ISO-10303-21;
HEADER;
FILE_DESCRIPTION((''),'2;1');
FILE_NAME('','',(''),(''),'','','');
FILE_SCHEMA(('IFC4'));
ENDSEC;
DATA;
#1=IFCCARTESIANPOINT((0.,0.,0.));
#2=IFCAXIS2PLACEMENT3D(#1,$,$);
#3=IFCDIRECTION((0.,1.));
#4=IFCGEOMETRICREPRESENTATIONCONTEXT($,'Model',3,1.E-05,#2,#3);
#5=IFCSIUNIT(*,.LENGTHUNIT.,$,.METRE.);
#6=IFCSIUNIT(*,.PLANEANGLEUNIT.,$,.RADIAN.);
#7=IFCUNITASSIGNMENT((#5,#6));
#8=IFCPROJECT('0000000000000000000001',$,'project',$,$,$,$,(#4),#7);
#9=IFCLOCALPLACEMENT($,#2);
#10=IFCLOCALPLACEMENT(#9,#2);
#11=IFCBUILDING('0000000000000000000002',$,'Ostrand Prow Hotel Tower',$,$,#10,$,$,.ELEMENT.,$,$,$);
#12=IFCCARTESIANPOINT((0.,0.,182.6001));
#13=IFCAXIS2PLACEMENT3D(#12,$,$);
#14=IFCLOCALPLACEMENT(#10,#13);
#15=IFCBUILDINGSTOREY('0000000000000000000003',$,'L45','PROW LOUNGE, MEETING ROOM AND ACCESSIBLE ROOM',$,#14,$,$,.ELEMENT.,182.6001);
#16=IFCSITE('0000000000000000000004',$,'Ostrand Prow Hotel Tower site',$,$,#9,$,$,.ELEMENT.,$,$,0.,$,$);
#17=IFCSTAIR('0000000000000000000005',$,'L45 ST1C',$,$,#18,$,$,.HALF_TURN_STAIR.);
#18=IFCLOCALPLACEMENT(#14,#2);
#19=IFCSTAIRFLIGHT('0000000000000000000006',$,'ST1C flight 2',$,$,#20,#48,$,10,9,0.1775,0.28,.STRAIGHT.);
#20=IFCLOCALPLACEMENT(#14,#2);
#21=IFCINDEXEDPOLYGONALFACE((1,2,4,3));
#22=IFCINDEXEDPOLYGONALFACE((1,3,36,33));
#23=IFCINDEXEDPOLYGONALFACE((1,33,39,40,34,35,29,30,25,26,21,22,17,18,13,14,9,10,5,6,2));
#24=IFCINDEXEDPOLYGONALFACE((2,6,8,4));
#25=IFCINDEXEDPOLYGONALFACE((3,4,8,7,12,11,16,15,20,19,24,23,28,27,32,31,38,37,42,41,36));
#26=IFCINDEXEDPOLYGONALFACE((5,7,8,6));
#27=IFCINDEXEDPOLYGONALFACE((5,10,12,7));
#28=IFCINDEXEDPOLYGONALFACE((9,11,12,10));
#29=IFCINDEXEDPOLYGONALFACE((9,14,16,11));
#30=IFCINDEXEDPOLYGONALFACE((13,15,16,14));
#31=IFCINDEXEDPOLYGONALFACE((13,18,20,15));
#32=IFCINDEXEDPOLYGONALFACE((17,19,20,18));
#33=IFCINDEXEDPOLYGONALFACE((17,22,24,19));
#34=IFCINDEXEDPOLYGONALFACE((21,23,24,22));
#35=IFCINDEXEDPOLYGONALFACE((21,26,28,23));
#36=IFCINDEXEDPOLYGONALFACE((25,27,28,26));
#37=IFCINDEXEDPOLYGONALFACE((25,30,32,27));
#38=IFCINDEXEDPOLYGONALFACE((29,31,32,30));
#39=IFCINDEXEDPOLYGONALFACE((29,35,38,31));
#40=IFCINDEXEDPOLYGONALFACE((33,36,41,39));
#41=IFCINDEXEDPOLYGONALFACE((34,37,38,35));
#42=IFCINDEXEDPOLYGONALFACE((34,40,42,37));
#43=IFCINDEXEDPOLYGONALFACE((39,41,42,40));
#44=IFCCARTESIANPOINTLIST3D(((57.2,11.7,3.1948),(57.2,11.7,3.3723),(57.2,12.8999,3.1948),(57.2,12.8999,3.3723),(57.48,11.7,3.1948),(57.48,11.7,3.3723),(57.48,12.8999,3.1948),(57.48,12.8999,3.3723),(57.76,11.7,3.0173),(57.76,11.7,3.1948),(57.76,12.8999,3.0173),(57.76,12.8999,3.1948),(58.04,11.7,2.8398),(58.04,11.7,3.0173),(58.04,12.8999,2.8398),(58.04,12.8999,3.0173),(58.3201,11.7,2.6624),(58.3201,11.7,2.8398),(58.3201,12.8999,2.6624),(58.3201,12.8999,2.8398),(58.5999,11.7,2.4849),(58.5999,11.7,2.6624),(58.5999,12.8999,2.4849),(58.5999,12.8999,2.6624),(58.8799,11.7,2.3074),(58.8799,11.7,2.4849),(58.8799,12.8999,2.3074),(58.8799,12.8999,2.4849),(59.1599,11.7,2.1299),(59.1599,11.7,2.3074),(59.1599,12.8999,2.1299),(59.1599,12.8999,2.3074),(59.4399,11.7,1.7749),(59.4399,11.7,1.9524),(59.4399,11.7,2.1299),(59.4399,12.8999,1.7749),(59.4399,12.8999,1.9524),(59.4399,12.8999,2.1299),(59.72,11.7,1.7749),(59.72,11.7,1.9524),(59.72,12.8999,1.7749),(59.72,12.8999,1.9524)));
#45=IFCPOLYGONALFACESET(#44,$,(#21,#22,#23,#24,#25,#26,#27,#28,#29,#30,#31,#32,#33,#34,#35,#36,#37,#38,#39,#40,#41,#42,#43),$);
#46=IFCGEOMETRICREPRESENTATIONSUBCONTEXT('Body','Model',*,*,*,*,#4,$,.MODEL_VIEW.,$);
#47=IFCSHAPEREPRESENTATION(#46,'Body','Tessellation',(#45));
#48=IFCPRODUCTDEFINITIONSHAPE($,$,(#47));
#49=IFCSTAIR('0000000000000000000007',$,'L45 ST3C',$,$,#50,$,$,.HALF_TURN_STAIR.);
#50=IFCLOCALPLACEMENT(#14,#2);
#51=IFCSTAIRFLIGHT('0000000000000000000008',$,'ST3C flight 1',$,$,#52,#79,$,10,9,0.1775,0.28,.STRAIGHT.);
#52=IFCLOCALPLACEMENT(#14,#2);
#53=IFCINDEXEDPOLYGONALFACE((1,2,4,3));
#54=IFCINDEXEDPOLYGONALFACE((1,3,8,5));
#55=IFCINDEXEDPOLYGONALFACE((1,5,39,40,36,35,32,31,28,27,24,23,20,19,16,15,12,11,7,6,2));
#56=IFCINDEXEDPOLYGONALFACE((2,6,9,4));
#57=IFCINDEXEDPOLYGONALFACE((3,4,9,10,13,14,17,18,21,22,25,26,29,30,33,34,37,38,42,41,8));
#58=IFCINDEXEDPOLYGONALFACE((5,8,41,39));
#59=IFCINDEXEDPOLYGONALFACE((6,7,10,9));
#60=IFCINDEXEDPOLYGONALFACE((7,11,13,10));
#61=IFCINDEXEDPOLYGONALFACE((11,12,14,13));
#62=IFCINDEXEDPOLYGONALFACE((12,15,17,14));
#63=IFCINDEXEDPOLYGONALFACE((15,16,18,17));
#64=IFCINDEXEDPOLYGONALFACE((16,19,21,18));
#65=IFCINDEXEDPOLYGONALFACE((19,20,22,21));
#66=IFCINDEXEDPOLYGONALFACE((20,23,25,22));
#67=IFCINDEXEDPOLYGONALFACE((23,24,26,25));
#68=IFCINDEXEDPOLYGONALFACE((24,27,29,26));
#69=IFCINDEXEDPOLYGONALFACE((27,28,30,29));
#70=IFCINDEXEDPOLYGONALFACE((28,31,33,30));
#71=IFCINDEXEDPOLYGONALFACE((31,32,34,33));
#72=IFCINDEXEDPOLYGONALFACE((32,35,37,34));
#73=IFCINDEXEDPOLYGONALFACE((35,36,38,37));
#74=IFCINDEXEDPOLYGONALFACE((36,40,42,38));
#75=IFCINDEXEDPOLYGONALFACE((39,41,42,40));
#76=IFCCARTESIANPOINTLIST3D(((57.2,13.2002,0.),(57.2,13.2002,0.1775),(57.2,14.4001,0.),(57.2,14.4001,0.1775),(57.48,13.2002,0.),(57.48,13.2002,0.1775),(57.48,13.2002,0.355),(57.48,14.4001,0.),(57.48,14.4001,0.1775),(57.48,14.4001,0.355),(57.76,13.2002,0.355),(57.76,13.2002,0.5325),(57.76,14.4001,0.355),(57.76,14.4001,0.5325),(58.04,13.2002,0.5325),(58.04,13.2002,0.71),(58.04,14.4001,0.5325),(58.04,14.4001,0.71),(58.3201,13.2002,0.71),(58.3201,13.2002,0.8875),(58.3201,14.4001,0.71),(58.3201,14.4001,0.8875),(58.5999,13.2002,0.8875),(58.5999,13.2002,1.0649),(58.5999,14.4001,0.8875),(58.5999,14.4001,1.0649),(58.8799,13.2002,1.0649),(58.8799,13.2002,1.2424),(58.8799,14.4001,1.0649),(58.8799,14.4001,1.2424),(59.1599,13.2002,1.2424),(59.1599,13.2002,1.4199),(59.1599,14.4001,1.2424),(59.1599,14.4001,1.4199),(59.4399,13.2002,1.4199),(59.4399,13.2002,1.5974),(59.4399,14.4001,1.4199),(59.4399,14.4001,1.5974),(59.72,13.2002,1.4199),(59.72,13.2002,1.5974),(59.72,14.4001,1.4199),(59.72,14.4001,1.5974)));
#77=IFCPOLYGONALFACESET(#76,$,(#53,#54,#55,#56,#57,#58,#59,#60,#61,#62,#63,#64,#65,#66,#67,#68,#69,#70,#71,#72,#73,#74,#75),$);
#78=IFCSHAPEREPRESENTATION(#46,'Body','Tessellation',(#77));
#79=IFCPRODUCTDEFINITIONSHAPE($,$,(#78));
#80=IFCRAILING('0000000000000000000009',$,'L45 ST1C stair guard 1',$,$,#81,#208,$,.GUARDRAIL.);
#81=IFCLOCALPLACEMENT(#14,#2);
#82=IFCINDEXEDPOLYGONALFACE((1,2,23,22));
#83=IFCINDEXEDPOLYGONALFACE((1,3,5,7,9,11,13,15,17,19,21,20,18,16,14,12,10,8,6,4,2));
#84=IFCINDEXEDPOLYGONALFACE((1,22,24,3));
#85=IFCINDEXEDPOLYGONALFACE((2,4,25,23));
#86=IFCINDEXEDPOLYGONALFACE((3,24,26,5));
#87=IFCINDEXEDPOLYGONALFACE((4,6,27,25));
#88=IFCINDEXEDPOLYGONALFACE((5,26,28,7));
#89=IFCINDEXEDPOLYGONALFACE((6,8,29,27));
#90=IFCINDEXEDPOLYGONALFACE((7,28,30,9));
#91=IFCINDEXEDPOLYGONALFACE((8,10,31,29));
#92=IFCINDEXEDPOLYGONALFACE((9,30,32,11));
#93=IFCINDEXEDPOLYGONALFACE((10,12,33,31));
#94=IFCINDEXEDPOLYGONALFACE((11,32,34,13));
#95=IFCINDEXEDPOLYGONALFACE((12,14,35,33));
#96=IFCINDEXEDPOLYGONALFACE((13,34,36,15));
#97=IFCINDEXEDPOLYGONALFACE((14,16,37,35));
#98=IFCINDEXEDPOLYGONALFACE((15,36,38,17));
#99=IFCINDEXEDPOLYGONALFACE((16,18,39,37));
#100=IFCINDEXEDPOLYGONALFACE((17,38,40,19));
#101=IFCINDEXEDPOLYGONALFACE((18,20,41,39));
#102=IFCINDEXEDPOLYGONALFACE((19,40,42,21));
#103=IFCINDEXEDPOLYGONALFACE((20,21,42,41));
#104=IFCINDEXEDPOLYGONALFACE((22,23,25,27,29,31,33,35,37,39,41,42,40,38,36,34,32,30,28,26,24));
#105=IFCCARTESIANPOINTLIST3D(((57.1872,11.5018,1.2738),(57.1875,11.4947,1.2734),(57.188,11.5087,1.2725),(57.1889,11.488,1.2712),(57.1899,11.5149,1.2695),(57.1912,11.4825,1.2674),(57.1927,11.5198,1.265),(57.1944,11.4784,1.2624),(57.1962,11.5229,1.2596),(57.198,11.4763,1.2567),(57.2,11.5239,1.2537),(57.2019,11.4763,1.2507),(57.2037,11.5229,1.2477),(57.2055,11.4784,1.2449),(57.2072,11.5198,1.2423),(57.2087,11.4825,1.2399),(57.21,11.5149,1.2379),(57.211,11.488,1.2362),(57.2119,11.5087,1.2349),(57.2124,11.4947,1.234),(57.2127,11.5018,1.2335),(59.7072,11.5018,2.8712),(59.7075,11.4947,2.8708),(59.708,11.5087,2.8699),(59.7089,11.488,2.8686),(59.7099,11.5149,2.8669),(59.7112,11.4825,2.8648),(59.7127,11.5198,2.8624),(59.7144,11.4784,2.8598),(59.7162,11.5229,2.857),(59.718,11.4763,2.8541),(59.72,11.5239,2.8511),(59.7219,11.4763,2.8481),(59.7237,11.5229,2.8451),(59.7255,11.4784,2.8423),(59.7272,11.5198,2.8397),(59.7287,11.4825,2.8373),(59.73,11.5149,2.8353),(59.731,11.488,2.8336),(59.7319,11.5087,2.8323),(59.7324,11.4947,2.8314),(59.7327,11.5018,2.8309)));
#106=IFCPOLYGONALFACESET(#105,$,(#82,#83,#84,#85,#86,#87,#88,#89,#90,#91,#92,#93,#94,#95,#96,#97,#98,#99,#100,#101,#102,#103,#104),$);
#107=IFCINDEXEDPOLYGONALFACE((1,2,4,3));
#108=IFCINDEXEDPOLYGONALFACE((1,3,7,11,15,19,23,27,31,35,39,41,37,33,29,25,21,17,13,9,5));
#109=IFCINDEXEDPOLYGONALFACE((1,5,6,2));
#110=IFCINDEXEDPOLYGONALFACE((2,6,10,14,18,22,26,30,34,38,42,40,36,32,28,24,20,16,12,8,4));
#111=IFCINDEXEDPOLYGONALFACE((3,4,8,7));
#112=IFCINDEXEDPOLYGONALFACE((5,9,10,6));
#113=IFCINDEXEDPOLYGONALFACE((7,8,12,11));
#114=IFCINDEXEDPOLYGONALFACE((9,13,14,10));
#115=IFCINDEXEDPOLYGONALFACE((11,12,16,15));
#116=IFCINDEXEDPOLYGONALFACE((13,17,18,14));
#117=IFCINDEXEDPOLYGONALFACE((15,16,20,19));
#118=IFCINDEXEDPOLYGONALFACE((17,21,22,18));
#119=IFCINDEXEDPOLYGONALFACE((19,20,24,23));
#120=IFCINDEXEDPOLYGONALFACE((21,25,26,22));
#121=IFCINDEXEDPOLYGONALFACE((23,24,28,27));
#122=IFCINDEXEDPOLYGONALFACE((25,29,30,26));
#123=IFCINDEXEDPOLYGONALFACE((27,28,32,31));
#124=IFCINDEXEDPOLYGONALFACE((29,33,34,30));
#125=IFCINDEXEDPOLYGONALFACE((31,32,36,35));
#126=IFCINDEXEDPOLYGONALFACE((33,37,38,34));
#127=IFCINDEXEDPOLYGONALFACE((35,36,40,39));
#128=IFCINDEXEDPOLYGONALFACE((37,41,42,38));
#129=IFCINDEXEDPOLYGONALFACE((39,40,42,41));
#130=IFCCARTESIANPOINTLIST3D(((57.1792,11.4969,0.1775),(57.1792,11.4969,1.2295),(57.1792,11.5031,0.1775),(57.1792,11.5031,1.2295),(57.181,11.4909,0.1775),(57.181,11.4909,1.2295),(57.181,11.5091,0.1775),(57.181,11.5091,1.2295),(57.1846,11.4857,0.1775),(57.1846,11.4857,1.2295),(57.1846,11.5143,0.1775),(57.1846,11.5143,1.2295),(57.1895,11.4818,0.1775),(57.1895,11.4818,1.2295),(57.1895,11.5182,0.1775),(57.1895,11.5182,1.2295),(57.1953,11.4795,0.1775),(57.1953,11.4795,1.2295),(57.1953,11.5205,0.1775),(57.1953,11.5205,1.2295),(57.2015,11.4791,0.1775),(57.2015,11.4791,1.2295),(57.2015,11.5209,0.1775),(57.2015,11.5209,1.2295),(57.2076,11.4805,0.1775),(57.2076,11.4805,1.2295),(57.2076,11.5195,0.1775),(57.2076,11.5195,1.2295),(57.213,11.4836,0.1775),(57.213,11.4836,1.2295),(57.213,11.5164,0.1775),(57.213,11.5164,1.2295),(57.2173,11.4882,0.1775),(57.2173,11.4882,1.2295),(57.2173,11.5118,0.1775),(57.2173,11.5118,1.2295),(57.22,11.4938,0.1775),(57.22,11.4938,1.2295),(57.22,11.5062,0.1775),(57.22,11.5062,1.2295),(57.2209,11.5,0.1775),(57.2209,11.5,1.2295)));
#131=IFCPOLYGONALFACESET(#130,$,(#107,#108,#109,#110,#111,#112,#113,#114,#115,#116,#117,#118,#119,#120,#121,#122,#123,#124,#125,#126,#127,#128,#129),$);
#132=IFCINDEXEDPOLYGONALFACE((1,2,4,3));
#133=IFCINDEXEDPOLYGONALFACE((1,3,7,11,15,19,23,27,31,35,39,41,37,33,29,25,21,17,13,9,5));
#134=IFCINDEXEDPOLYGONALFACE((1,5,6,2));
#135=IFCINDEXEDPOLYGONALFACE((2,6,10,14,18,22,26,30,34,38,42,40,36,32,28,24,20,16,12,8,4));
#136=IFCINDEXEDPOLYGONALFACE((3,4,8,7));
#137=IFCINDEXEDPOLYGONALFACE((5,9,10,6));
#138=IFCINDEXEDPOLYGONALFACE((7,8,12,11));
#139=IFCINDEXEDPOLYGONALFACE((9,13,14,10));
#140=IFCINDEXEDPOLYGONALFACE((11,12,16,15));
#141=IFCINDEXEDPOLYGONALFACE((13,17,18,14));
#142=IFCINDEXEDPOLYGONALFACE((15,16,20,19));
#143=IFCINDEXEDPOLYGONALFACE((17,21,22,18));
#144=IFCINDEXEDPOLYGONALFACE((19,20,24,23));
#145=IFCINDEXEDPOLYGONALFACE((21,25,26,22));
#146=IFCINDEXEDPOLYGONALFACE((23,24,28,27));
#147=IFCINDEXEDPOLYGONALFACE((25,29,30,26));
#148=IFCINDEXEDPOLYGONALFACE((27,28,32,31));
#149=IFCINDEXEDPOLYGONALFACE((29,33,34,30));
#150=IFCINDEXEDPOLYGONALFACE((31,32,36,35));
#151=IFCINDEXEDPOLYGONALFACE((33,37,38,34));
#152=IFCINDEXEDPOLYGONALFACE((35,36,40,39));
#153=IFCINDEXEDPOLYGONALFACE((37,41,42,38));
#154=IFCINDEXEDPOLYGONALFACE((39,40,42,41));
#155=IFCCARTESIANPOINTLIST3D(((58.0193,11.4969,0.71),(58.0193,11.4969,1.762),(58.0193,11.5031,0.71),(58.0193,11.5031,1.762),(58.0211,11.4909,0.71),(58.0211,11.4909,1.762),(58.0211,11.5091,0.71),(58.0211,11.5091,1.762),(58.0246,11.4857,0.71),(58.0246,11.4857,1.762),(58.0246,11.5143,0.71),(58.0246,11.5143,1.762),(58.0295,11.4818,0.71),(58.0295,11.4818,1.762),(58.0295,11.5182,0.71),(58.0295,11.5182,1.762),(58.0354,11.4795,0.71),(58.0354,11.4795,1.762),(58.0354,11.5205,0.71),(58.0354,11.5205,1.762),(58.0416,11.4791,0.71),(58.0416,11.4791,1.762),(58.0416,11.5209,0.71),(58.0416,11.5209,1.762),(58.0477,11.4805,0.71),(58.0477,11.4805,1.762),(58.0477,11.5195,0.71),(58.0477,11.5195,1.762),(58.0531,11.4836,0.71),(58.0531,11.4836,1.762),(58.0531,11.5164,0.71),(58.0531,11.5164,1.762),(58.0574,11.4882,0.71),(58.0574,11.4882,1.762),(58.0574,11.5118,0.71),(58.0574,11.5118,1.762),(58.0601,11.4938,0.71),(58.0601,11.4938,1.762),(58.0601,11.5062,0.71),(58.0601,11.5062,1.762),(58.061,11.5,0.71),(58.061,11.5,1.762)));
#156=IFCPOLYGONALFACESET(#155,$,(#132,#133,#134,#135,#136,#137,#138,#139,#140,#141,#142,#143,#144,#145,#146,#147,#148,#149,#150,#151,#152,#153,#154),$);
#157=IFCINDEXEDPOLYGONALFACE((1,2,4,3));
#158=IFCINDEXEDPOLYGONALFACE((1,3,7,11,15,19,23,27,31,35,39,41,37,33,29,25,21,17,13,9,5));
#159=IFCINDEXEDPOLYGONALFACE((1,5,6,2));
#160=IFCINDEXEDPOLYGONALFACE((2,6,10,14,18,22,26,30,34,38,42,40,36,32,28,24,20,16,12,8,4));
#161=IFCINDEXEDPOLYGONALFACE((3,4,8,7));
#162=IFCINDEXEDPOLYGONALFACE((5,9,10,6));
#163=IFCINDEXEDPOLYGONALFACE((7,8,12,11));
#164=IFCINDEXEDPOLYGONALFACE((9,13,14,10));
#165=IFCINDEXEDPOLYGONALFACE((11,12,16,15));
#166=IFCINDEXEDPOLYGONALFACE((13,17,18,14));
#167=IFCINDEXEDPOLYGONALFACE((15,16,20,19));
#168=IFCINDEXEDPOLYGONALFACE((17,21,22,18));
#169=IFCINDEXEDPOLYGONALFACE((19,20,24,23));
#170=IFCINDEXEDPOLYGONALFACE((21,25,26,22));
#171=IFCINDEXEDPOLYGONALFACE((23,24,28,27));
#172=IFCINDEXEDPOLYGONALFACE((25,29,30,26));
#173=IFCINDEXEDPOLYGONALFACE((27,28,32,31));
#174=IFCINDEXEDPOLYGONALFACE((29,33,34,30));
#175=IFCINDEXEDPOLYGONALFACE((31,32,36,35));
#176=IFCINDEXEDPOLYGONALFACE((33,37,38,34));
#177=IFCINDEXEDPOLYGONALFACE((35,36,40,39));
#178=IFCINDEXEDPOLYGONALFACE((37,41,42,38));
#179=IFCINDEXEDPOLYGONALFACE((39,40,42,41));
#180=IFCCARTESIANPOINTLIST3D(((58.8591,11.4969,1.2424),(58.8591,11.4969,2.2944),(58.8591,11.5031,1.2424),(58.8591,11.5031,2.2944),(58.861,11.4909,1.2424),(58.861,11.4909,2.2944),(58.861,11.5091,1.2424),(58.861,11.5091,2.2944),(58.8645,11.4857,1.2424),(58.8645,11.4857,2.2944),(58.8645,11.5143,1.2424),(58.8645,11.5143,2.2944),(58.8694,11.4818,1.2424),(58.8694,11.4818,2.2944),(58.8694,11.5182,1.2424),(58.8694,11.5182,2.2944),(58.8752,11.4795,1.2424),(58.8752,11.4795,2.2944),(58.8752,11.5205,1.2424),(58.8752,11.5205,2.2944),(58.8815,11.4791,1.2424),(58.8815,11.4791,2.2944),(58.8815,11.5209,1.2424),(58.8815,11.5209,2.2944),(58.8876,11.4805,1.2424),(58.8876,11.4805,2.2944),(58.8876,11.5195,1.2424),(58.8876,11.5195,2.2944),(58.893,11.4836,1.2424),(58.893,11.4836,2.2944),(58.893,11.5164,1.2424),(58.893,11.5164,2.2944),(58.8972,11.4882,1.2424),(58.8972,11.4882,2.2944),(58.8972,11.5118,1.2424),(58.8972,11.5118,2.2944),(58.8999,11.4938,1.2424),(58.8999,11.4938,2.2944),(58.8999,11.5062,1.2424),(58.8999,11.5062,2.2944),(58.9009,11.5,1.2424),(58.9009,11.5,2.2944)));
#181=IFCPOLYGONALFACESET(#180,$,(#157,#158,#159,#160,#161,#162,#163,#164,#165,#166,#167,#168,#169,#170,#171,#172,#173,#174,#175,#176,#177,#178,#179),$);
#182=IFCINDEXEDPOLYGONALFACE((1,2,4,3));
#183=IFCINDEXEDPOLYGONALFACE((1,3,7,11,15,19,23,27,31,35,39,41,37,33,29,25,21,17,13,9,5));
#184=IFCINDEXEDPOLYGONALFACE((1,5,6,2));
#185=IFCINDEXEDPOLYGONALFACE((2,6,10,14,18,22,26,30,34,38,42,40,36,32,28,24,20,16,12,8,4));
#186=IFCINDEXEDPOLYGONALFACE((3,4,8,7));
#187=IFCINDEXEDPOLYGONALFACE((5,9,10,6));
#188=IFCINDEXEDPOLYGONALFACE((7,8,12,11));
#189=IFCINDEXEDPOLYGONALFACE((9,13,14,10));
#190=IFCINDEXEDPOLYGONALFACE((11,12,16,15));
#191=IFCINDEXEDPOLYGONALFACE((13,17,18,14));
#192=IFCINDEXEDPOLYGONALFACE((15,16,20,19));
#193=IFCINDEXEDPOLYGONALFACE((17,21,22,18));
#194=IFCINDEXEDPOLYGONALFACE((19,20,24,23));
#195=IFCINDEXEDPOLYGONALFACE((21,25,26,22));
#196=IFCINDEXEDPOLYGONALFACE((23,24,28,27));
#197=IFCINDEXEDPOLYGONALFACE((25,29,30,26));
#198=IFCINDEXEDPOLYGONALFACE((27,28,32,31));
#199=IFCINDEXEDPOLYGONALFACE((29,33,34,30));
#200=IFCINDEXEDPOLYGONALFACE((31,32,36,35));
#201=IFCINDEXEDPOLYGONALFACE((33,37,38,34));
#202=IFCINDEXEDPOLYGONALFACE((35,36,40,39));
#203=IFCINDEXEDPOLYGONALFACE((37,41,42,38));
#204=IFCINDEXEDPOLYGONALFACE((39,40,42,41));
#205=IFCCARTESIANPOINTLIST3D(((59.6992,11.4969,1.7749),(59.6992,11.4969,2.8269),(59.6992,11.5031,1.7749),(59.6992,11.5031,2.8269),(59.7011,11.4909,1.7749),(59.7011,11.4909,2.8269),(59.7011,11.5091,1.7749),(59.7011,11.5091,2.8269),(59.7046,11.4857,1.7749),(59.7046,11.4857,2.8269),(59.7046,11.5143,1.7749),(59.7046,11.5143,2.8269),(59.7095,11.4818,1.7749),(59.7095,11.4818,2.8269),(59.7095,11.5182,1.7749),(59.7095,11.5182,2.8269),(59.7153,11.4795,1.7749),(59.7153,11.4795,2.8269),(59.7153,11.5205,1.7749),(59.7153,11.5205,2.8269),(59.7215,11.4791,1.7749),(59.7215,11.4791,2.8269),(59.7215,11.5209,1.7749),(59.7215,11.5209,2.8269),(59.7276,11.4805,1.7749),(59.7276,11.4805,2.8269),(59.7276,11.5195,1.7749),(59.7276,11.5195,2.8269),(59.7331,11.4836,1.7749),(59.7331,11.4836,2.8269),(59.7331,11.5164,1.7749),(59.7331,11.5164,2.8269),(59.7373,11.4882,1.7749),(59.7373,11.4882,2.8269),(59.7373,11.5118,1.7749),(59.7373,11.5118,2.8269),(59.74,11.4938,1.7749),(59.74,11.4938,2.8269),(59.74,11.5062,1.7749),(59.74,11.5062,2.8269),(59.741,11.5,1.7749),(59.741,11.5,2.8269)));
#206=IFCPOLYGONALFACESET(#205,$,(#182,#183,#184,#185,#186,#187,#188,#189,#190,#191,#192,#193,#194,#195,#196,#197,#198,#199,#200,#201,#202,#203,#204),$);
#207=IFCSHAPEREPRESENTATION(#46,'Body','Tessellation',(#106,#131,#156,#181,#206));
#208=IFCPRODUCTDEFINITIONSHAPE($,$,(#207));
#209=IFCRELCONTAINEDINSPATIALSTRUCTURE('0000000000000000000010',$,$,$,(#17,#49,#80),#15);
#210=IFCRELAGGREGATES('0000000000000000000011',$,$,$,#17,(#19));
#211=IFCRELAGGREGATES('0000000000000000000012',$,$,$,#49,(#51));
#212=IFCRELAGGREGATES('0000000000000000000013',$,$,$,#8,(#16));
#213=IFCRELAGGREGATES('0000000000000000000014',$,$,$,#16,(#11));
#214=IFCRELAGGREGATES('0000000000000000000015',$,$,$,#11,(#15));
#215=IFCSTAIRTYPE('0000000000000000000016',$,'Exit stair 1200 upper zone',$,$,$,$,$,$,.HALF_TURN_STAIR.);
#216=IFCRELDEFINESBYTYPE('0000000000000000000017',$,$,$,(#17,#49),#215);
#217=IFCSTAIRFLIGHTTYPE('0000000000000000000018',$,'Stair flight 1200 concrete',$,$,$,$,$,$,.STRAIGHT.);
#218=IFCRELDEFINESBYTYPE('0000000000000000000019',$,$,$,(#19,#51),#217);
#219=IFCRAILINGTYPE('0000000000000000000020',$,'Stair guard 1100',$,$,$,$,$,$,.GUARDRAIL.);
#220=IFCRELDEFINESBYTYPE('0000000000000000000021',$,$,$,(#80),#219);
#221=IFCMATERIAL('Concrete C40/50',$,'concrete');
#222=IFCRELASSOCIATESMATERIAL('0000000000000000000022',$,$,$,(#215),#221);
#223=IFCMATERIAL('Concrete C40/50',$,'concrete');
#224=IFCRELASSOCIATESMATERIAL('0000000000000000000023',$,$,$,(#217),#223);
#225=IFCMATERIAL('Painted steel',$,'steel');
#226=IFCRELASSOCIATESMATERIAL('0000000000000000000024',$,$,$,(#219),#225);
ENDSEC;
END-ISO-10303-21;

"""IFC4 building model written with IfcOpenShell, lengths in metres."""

from ifc_helpers import new_model, si_unit, direction, frame, origin, origin_2d, place, context, subcontext, project, spatial, polyline, circle, outline, extrude, material, type_object, element, aggregate, save


model = new_model("IFC4")

# Units and contexts
model_context = context("Model", 3, precision=1e-05, world=origin(), true_north=direction((0.0, 1.0)))
body_context = subcontext(model_context, "Body", "Model", "MODEL_VIEW")
ifc_project = project(units=[si_unit("LENGTHUNIT", "METRE"), si_unit("PLANEANGLEUNIT", "RADIAN")], contexts=[model_context])

# Site, building, storey
site_placement = place(None, origin())
site = spatial("IfcSite", under=ifc_project, at=site_placement, Name="Ostrand Prow Hotel Tower site", CompositionType="ELEMENT", RefElevation=0.0)
building_placement = place(site_placement, origin())
building = spatial("IfcBuilding", under=site, at=building_placement, Name="Ostrand Prow Hotel Tower", CompositionType="ELEMENT")
storey_placement = place(building_placement, frame((0.0, 0.0, 182.6001)))
storey = spatial("IfcBuildingStorey", under=building, at=storey_placement, Name="L45", Description="PROW LOUNGE, MEETING ROOM AND ACCESSIBLE ROOM", CompositionType="ELEMENT", Elevation=182.6001)

# Stair, stair flight
ifc_material_1 = material(Name="Concrete C40/50", Category="concrete")
stair_type = type_object("IfcStairType", Name="Exit stair 1200 upper zone", PredefinedType="HALF_TURN_STAIR", material=ifc_material_1)
stair_1_placement = place(storey_placement, origin())
stair_1 = element("IfcStair", 1, at=stair_1_placement, inside=storey, type_object=stair_type, Name="L45 ST1C", PredefinedType="HALF_TURN_STAIR")
ifc_material_2 = material(Name="Concrete C40/50", Category="concrete")
stair_flight_type = type_object("IfcStairFlightType", Name="Stair flight 1200 concrete", PredefinedType="STRAIGHT", material=ifc_material_2)
stair_flight_1_placement = place(storey_placement, frame((59.72, 12.3, 1.7749), z_axis=(0.0, 0.0, 1.0), x_axis=(-1.0, 0.0, 0.0)))
stair_flight_1 = element("IfcStairFlight", 2, at=stair_flight_1_placement, type_object=stair_flight_type, Name="ST1C flight 2", NumberOfRisers=10, NumberOfTreads=9, PredefinedType="STRAIGHT", RiserHeight=0.1775, TreadLength=0.28, context=body_context, shape_type="SweptSolid", body=[
    extrude(outline(polyline([(0.0, 0.0), (0.0, 0.1775), (0.28, 0.1775), (0.28, 0.355), (0.5601, 0.355), (0.5601, 0.5325), (0.8401, 0.5325), (0.8401, 0.71), (1.1201, 0.71), (1.1201, 0.8875), (1.3999, 0.8875), (1.3999, 1.0649), (1.6799, 1.0649), (1.6799, 1.2424), (1.96, 1.2424), (1.96, 1.4199), (2.24, 1.4199), (2.24, 1.5974), (2.52, 1.5974), (2.52, 1.7749), (2.52, 1.4199), (0.28, 0.0), (0.0, 0.0)])), frame((0.0, 0.6001, 0.0), z_axis=(0.0, -1.0, 0.0), x_axis=(1.0, 0.0, 0.0)), (0.0, 0.0, 1.0), 1.2),
])
aggregate(stair_1, [stair_flight_1])

# Stair, stair flight
stair_2_placement = place(storey_placement, origin())
stair_2 = element("IfcStair", 3, at=stair_2_placement, inside=storey, type_object=stair_type, Name="L45 ST3C", PredefinedType="HALF_TURN_STAIR")
stair_flight_2_placement = place(storey_placement, frame((57.2, 13.8, 0.0), z_axis=(0.0, 0.0, 1.0), x_axis=(1.0, 0.0, 0.0)))
stair_flight_2 = element("IfcStairFlight", 4, at=stair_flight_2_placement, type_object=stair_flight_type, Name="ST3C flight 1", NumberOfRisers=10, NumberOfTreads=9, PredefinedType="STRAIGHT", RiserHeight=0.1775, TreadLength=0.28, context=body_context, shape_type="SweptSolid", body=[
    extrude(outline(polyline([(0.0, 0.0), (0.0, 0.1775), (0.28, 0.1775), (0.28, 0.355), (0.5601, 0.355), (0.5601, 0.5325), (0.8401, 0.5325), (0.8401, 0.71), (1.1201, 0.71), (1.1201, 0.8875), (1.3999, 0.8875), (1.3999, 1.0649), (1.6799, 1.0649), (1.6799, 1.2424), (1.96, 1.2424), (1.96, 1.4199), (2.24, 1.4199), (2.24, 1.5974), (2.52, 1.5974), (2.52, 1.7749), (2.52, 1.4199), (0.28, 0.0), (0.0, 0.0)])), frame((0.0, 0.6001, 0.0), z_axis=(0.0, -1.0, 0.0), x_axis=(1.0, 0.0, 0.0)), (0.0, 0.0, 1.0), 1.2),
])
aggregate(stair_2, [stair_flight_2])

# Railing
ifc_material_3 = material(Name="Painted steel", Category="steel")
railing_type_1 = type_object("IfcRailingType", Name="Stair guard 1100", PredefinedType="GUARDRAIL", material=ifc_material_3)
railing_1_placement = place(storey_placement, frame((57.2, 11.5, 0.1775)))
element("IfcRailing", 5, at=railing_1_placement, inside=storey, type_object=railing_type_1, Name="L45 ST1C stair guard 1", PredefinedType="GUARDRAIL", context=body_context, shape_type="SweptSolid", body=[
    extrude(circle(Radius=0.0239, at=origin_2d()), frame((0.0, 0.0, 1.0762), z_axis=(0.844607, 0.0, 0.535387), x_axis=(0.0, 1.0, 0.0)), (0.0, 0.0, 1.0), 2.9836),
    extrude(circle(Radius=0.021, at=origin_2d()), origin(), (0.0, 0.0, 1.0), 1.052),
    extrude(circle(Radius=0.021, at=origin_2d()), frame((0.8401, 0.0, 0.5325)), (0.0, 0.0, 1.0), 1.052),
    extrude(circle(Radius=0.021, at=origin_2d()), frame((1.6799, 0.0, 1.0649)), (0.0, 0.0, 1.0), 1.052),
    extrude(circle(Radius=0.021, at=origin_2d()), frame((2.52, 0.0, 1.5974)), (0.0, 0.0, 1.0), 1.052),
])

save(model, "model.ifc")
